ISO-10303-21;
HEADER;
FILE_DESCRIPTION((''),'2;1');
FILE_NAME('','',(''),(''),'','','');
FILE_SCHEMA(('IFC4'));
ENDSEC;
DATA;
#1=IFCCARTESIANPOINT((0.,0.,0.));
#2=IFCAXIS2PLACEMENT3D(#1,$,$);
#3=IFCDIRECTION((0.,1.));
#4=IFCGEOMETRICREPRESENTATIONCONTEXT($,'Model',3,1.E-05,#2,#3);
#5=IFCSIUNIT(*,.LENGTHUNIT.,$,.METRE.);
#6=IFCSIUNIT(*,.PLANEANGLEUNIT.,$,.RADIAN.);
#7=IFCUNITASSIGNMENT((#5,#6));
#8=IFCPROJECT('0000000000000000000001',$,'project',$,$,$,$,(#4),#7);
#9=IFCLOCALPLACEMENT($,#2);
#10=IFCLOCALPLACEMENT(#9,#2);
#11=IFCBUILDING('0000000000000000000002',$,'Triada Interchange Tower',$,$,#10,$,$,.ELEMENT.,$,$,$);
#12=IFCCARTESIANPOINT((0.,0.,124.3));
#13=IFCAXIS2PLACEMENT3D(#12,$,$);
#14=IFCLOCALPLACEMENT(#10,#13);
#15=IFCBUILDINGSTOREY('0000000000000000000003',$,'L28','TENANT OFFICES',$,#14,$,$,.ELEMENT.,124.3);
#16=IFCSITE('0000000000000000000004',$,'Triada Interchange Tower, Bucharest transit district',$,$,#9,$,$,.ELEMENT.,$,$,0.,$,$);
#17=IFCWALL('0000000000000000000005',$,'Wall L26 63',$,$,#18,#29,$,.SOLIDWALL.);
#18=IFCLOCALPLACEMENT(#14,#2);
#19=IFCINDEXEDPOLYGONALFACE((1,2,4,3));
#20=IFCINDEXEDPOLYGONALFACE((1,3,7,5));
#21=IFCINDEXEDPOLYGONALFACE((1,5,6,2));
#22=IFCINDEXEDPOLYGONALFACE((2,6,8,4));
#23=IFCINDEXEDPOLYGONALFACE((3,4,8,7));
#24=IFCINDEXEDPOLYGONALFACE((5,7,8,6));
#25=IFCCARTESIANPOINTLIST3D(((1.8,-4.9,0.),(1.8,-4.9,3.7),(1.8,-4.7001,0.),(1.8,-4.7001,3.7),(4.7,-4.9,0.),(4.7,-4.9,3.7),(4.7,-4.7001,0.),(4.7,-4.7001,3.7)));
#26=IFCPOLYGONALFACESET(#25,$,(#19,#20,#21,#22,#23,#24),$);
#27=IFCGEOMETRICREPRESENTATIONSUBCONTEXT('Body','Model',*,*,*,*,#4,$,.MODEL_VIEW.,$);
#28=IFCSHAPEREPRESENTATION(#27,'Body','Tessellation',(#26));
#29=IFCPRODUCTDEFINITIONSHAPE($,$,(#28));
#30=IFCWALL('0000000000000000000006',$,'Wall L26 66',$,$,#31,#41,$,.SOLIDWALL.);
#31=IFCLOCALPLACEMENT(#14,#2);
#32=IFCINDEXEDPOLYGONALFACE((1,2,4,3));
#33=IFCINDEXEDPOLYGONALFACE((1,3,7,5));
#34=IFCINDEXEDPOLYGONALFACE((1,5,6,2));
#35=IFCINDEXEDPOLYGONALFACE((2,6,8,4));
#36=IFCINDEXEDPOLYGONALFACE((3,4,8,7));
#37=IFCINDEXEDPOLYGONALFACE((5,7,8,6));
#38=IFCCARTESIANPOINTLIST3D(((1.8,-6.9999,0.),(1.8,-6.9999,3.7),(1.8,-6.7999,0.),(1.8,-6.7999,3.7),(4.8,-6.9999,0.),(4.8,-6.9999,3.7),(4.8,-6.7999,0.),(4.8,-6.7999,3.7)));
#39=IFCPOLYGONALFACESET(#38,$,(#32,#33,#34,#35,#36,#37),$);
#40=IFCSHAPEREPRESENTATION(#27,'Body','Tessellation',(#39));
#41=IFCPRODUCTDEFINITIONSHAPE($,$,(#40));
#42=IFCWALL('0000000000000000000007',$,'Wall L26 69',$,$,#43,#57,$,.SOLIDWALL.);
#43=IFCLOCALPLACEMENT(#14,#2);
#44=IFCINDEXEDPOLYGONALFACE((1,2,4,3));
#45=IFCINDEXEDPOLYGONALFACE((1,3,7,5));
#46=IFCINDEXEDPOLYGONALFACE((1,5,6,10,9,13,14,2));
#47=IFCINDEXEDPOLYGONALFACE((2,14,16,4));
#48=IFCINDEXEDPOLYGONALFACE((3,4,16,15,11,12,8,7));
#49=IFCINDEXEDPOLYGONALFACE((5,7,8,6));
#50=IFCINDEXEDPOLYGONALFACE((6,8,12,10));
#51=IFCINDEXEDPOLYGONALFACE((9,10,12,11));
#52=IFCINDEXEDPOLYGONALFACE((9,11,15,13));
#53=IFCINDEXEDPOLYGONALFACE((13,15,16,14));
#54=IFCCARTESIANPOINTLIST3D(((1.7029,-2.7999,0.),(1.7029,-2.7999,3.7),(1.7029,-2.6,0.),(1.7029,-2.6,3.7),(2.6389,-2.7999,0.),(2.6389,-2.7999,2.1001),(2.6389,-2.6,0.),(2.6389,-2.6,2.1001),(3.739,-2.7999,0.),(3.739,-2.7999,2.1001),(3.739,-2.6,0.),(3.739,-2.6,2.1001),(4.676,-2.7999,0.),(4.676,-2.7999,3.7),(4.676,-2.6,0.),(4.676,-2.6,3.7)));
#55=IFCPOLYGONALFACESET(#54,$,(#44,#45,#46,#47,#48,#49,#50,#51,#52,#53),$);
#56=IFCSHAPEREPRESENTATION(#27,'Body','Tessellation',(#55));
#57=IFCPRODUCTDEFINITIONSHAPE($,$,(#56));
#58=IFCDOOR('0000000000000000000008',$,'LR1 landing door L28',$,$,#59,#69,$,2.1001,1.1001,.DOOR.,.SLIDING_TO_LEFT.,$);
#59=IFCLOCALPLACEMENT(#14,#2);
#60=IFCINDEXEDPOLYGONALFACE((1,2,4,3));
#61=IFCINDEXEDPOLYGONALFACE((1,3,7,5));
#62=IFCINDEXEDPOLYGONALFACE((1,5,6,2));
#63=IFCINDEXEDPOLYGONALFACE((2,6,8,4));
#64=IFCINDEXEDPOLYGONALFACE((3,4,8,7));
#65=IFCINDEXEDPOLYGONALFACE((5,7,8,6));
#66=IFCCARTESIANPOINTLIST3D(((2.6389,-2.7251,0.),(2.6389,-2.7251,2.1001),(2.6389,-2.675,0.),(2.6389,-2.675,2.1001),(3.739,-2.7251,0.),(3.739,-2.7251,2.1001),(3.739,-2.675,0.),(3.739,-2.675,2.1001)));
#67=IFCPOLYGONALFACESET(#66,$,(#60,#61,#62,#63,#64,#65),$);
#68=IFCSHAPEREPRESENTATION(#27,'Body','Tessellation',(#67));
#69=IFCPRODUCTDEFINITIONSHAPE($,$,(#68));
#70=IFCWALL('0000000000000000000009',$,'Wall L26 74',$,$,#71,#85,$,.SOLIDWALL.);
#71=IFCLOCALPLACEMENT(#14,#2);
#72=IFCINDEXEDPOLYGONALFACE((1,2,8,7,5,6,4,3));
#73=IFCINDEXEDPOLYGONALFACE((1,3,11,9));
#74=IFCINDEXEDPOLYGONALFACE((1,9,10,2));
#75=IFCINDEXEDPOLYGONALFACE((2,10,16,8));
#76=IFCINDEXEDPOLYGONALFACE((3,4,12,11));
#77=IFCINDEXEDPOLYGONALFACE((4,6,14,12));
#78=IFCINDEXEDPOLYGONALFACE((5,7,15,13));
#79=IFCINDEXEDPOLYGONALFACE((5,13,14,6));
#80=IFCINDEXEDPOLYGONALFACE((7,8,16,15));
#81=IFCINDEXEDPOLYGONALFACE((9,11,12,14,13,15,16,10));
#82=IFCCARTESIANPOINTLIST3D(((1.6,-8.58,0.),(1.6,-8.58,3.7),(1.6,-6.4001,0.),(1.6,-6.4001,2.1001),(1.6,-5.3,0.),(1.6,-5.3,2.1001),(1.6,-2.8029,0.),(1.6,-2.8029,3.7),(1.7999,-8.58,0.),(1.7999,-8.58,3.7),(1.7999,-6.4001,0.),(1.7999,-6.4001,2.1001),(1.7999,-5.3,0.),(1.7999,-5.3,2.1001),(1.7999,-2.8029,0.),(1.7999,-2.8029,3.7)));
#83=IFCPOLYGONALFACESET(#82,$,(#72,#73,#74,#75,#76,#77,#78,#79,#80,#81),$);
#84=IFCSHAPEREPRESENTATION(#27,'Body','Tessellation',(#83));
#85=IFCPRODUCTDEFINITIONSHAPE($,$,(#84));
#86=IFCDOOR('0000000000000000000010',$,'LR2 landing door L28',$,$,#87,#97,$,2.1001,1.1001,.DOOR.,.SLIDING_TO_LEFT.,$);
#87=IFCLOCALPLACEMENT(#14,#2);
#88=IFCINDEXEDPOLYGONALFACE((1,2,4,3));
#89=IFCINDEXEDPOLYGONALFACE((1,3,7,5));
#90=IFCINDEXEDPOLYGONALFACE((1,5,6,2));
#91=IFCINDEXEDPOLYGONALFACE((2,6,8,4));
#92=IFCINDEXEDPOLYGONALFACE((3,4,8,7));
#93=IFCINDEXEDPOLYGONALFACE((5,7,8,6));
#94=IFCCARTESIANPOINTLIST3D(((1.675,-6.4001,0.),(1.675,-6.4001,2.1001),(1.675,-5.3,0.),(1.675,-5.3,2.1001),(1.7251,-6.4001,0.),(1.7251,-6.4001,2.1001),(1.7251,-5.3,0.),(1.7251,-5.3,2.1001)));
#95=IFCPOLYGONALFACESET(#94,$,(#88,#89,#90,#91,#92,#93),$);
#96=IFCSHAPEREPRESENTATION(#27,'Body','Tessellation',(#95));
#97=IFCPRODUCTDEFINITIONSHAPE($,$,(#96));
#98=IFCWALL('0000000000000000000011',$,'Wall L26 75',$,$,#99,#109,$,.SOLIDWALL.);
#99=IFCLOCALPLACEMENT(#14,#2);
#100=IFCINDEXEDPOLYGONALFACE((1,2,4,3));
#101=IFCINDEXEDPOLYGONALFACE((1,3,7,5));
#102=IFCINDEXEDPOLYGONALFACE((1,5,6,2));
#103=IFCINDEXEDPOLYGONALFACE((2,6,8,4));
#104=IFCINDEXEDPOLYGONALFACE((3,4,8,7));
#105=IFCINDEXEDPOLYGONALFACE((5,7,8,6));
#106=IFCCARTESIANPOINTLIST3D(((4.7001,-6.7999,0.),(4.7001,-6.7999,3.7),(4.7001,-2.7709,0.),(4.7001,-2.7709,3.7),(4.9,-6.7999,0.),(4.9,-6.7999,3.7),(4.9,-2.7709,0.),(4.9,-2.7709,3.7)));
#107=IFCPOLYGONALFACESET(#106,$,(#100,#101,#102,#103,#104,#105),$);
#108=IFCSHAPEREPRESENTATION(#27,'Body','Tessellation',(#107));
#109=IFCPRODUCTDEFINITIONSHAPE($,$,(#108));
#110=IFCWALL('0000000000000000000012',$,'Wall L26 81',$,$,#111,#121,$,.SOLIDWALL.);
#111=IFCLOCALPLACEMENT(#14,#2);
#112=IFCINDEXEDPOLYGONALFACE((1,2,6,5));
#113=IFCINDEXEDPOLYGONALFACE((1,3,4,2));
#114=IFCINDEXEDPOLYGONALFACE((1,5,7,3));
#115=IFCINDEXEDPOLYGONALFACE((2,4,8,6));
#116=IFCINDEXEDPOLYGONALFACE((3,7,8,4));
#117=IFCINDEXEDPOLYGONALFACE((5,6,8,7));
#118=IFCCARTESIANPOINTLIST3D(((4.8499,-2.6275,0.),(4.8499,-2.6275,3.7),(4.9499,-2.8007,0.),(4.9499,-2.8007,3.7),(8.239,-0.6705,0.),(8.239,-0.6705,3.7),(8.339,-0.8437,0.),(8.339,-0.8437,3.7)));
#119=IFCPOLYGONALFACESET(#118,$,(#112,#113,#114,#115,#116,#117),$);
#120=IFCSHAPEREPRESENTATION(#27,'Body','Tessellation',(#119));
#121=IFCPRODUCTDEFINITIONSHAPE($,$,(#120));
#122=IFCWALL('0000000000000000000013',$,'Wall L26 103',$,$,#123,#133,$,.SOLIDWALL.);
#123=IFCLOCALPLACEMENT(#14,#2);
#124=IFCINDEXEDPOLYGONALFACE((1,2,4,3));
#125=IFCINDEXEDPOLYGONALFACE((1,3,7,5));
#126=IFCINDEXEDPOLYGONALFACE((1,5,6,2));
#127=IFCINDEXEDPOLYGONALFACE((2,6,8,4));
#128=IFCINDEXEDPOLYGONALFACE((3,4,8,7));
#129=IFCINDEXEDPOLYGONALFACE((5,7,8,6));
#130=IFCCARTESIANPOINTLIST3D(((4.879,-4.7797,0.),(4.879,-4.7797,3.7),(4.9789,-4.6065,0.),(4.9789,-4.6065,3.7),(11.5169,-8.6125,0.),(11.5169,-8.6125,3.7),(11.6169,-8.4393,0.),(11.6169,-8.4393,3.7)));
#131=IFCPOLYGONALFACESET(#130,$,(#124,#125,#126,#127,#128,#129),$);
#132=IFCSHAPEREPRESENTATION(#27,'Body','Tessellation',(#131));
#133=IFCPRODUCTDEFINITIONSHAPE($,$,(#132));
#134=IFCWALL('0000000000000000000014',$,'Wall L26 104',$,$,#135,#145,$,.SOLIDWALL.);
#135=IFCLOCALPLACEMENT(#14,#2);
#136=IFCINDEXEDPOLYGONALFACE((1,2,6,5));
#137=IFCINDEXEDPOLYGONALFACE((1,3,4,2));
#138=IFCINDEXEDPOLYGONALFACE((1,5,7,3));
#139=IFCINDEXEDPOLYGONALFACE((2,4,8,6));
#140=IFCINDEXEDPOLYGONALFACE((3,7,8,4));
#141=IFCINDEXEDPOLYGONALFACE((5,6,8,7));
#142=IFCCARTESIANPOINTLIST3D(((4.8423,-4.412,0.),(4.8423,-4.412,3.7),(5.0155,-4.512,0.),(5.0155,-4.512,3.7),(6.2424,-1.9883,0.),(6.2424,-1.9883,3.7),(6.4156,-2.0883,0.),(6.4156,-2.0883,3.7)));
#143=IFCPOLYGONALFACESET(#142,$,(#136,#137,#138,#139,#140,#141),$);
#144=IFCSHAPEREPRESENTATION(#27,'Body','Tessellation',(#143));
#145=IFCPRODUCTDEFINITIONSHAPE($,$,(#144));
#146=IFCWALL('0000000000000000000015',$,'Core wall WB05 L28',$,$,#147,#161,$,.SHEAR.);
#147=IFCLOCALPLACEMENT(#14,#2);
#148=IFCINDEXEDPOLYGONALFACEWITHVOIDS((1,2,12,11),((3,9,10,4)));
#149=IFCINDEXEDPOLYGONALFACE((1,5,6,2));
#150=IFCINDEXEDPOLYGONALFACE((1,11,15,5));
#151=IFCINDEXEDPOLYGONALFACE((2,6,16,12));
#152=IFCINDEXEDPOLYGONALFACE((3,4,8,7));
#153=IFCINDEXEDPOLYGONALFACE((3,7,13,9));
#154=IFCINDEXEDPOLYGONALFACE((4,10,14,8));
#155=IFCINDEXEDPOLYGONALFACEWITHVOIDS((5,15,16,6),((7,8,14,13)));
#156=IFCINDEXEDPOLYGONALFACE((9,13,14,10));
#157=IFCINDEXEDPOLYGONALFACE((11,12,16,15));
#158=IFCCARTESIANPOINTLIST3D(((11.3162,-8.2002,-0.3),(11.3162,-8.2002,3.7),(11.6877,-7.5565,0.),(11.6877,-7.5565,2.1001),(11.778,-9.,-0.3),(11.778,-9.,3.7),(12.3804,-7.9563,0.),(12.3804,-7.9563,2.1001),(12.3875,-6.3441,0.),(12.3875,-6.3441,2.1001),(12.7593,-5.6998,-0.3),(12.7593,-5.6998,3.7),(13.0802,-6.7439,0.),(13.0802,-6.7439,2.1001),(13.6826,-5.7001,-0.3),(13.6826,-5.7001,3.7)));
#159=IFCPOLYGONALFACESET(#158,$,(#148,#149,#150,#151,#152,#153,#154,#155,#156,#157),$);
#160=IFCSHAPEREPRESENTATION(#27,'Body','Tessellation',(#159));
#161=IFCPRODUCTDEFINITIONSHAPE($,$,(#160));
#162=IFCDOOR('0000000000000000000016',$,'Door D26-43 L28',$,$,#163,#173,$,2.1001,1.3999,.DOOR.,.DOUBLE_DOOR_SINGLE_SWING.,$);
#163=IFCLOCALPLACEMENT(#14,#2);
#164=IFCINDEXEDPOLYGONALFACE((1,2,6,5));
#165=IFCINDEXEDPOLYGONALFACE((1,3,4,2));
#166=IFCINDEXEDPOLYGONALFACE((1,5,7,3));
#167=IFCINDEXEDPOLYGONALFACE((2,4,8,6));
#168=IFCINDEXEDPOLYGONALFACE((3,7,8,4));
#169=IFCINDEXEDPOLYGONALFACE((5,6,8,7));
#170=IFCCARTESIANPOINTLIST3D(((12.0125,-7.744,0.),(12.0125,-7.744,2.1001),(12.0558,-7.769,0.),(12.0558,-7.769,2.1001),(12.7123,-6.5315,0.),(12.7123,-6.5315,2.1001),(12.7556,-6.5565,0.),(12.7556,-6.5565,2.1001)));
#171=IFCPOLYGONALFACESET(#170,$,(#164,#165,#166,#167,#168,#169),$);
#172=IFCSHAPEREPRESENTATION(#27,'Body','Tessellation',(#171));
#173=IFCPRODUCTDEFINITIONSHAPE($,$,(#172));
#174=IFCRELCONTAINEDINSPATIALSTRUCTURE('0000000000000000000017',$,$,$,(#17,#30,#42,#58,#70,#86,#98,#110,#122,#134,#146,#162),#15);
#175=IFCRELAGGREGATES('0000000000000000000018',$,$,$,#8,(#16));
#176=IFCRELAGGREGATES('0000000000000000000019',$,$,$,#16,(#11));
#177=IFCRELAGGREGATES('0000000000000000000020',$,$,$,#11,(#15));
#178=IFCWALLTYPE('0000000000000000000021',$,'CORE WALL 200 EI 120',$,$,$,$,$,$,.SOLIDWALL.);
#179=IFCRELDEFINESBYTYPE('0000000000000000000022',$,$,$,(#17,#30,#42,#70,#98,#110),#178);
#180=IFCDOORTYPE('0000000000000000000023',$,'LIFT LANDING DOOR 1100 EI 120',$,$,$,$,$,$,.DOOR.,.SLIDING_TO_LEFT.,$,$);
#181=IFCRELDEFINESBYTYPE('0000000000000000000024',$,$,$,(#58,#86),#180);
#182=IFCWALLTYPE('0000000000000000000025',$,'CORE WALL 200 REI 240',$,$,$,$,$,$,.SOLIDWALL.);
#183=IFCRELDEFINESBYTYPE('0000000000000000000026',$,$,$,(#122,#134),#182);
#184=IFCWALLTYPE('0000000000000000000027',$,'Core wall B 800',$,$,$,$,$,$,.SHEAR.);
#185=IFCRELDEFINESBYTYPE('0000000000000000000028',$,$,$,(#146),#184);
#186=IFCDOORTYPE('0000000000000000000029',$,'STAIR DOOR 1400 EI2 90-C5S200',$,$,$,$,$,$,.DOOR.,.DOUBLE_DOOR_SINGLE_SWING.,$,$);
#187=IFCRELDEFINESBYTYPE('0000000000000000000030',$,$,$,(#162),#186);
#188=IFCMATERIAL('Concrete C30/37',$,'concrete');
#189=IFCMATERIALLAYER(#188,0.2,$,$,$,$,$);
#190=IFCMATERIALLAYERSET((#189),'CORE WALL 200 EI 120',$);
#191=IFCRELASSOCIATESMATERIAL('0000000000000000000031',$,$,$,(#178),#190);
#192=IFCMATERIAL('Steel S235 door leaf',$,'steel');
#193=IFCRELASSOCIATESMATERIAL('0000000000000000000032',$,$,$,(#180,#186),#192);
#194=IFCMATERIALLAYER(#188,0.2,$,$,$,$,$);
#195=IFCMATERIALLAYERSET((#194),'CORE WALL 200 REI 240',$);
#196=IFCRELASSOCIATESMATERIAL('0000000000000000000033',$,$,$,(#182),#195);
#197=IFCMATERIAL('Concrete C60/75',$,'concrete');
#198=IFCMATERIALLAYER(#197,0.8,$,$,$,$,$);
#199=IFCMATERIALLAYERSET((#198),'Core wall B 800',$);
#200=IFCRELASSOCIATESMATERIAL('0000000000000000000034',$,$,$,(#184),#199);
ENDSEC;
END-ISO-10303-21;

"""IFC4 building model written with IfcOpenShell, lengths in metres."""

from ifc_helpers import new_model, si_unit, direction, frame, frame_2d, origin, place, context, subcontext, project, spatial, polyline, rectangle, outline, extrude, material, layer, layer_set, type_object, element, fill, save


model = new_model("IFC4")

# Units and contexts
model_context = context("Model", 3, precision=1e-05, world=origin(), true_north=direction((0.0, 1.0)))
body_context = subcontext(model_context, "Body", "Model", "MODEL_VIEW")
ifc_project = project(units=[si_unit("LENGTHUNIT", "METRE"), si_unit("PLANEANGLEUNIT", "RADIAN")], contexts=[model_context])

# Site, building, storey
site_placement = place(None, origin())
site = spatial("IfcSite", under=ifc_project, at=site_placement, Name="Triada Interchange Tower, Bucharest transit district", CompositionType="ELEMENT", RefElevation=0.0)
building_placement = place(site_placement, origin())
building = spatial("IfcBuilding", under=site, at=building_placement, Name="Triada Interchange Tower", CompositionType="ELEMENT")
storey_placement = place(building_placement, frame((0.0, 0.0, 124.3)))
storey = spatial("IfcBuildingStorey", under=building, at=storey_placement, Name="L28", Description="TENANT OFFICES", CompositionType="ELEMENT", Elevation=124.3)

# Walls
ifc_material_1 = material(Name="Concrete C30/37", Category="concrete")
ifc_layer_1 = layer(ifc_material_1, 0.2)
ifc_layer_set_1 = layer_set([ifc_layer_1], Name="CORE WALL 200 EI 120")
wall_type_1 = type_object("IfcWallType", Name="CORE WALL 200 EI 120", PredefinedType="SOLIDWALL", material=ifc_layer_set_1)
wall_1_placement = place(storey_placement, frame((1.8, -4.8, 0.0), z_axis=(0.0, 0.0, 1.0), x_axis=(1.0, 0.0, 0.0)))
element("IfcWall", 1, at=wall_1_placement, inside=storey, type_object=wall_type_1, Name="Wall L26 63", PredefinedType="SOLIDWALL", context=body_context, shape_type="SweptSolid", body=[
    extrude(rectangle(XDim=2.8999, YDim=0.2, at=frame_2d((1.45, 0.0))), origin(), (0.0, 0.0, 1.0), 3.7),
])
wall_2_placement = place(storey_placement, frame((1.8, -6.8999, 0.0), z_axis=(0.0, 0.0, 1.0), x_axis=(1.0, 0.0, 0.0)))
element("IfcWall", 2, at=wall_2_placement, inside=storey, type_object=wall_type_1, Name="Wall L26 66", PredefinedType="SOLIDWALL", context=body_context, shape_type="SweptSolid", body=[
    extrude(rectangle(XDim=3.0, YDim=0.2, at=frame_2d((1.5, 0.0))), origin(), (0.0, 0.0, 1.0), 3.7),
])

# Walls, openings, doors
wall_3_placement = place(storey_placement, frame((1.7029, -2.7, 0.0), z_axis=(0.0, 0.0, 1.0), x_axis=(1.0, 0.0, 0.0)))
wall_3 = element("IfcWall", 3, at=wall_3_placement, inside=storey, type_object=wall_type_1, Name="Wall L26 69", PredefinedType="SOLIDWALL", context=body_context, shape_type="SweptSolid", body=[
    extrude(rectangle(XDim=2.9731, YDim=0.2, at=frame_2d((1.4866, 0.0))), origin(), (0.0, 0.0, 1.0), 3.7),
])
opening_1_placement = place(wall_3_placement, frame((0.936, 0.0, 0.0)))
opening_1 = element("IfcOpeningElement", 4, at=opening_1_placement, cuts=wall_3, PredefinedType="OPENING", context=body_context, shape_type="SweptSolid", body=[
    extrude(rectangle(XDim=1.1001, YDim=2.1001, at=frame_2d((0.55, 1.05))), frame((0.0, 0.1099, 0.0), z_axis=(0.0, -1.0, 0.0), x_axis=(1.0, 0.0, 0.0)), (0.0, 0.0, 1.0), 0.22),
])
ifc_material_2 = material(Name="Steel S235 door leaf", Category="steel")
door_type_1 = type_object("IfcDoorType", Name="LIFT LANDING DOOR 1100 EI 120", OperationType="SLIDING_TO_LEFT", PredefinedType="DOOR", material=ifc_material_2)
door_1_placement = place(opening_1_placement, origin())
door_1 = element("IfcDoor", 5, at=door_1_placement, inside=storey, type_object=door_type_1, Name="LR1 landing door L28", OperationType="SLIDING_TO_LEFT", OverallHeight=2.1001, OverallWidth=1.1001, PredefinedType="DOOR", context=body_context, shape_type="SweptSolid", body=[
    extrude(rectangle(XDim=1.1001, YDim=2.1001, at=frame_2d((0.55, 1.05))), frame((0.0, 0.0249, 0.0), z_axis=(0.0, -1.0, 0.0), x_axis=(1.0, 0.0, 0.0)), (0.0, 0.0, 1.0), 0.05),
])
fill(opening_1, door_1)
wall_4_placement = place(storey_placement, frame((1.7, -8.5801, 0.0), z_axis=(0.0, 0.0, 1.0), x_axis=(0.0, 1.0, 0.0)))
wall_4 = element("IfcWall", 6, at=wall_4_placement, inside=storey, type_object=wall_type_1, Name="Wall L26 74", PredefinedType="SOLIDWALL", context=body_context, shape_type="SweptSolid", body=[
    extrude(rectangle(XDim=5.7771, YDim=0.2, at=frame_2d((2.8887, 0.0))), origin(), (0.0, 0.0, 1.0), 3.7),
])
opening_2_placement = place(wall_4_placement, frame((2.1799, 0.0, 0.0)))
opening_2 = element("IfcOpeningElement", 7, at=opening_2_placement, cuts=wall_4, PredefinedType="OPENING", context=body_context, shape_type="SweptSolid", body=[
    extrude(rectangle(XDim=1.1001, YDim=2.1001, at=frame_2d((0.55, 1.05))), frame((0.0, 0.1099, 0.0), z_axis=(0.0, -1.0, 0.0), x_axis=(1.0, 0.0, 0.0)), (0.0, 0.0, 1.0), 0.22),
])
door_2_placement = place(opening_2_placement, origin())
door_2 = element("IfcDoor", 8, at=door_2_placement, inside=storey, type_object=door_type_1, Name="LR2 landing door L28", OperationType="SLIDING_TO_LEFT", OverallHeight=2.1001, OverallWidth=1.1001, PredefinedType="DOOR", context=body_context, shape_type="SweptSolid", body=[
    extrude(rectangle(XDim=1.1001, YDim=2.1001, at=frame_2d((0.55, 1.05))), frame((0.0, 0.0249, 0.0), z_axis=(0.0, -1.0, 0.0), x_axis=(1.0, 0.0, 0.0)), (0.0, 0.0, 1.0), 0.05),
])
fill(opening_2, door_2)

# Walls
wall_5_placement = place(storey_placement, frame((4.8, -6.8, 0.0), z_axis=(0.0, 0.0, 1.0), x_axis=(0.0, 1.0, 0.0)))
element("IfcWall", 9, at=wall_5_placement, inside=storey, type_object=wall_type_1, Name="Wall L26 75", PredefinedType="SOLIDWALL", context=body_context, shape_type="SweptSolid", body=[
    extrude(rectangle(XDim=4.0291, YDim=0.2, at=frame_2d((2.0146, 0.0))), origin(), (0.0, 0.0, 1.0), 3.7),
])
wall_6_placement = place(storey_placement, frame((4.8999, -2.7141, 0.0), z_axis=(0.0, 0.0, 1.0), x_axis=(0.865992, 0.500057, 0.0)))
element("IfcWall", 10, at=wall_6_placement, inside=storey, type_object=wall_type_1, Name="Wall L26 81", PredefinedType="SOLIDWALL", context=body_context, shape_type="SweptSolid", body=[
    extrude(rectangle(XDim=3.9136, YDim=0.2, at=frame_2d((1.9568, 0.0))), origin(), (0.0, 0.0, 1.0), 3.7),
])
ifc_layer_2 = layer(ifc_material_1, 0.2)
ifc_layer_set_2 = layer_set([ifc_layer_2], Name="CORE WALL 200 REI 240")
wall_type_2 = type_object("IfcWallType", Name="CORE WALL 200 REI 240", PredefinedType="SOLIDWALL", material=ifc_layer_set_2)
wall_7_placement = place(storey_placement, frame((4.929, -4.6931, 0.0), z_axis=(0.0, 0.0, 1.0), x_axis=(0.866006, -0.500034, 0.0)))
element("IfcWall", 11, at=wall_7_placement, inside=storey, type_object=wall_type_2, Name="Wall L26 103", PredefinedType="SOLIDWALL", context=body_context, shape_type="SweptSolid", body=[
    extrude(rectangle(XDim=7.665, YDim=0.2, at=frame_2d((3.8325, 0.0))), origin(), (0.0, 0.0, 1.0), 3.7),
])
wall_8_placement = place(storey_placement, frame((4.929, -4.4619, 0.0), z_axis=(0.0, 0.0, 1.0), x_axis=(0.500201, 0.86591, 0.0)))
element("IfcWall", 12, at=wall_8_placement, inside=storey, type_object=wall_type_2, Name="Wall L26 104", PredefinedType="SOLIDWALL", context=body_context, shape_type="SweptSolid", body=[
    extrude(rectangle(XDim=2.7991, YDim=0.2, at=frame_2d((1.3994, 0.0))), origin(), (0.0, 0.0, 1.0), 3.7),
])

# Wall, opening, door
ifc_material_3 = material(Name="Concrete C60/75", Category="concrete")
ifc_layer_3 = layer(ifc_material_3, 0.8)
ifc_layer_set_3 = layer_set([ifc_layer_3], Name="Core wall B 800")
wall_type_3 = type_object("IfcWallType", Name="Core wall B 800", PredefinedType="SHEAR", material=ifc_layer_set_3)
wall_9_placement = place(storey_placement, frame((11.5471, -8.6001, -0.3), z_axis=(0.0, 0.0, 1.0), x_axis=(0.499872, 0.866099, 0.0)))
wall_9 = element("IfcWall", 13, at=wall_9_placement, inside=storey, type_object=wall_type_3, Name="Core wall WB05 L28", PredefinedType="SHEAR", context=body_context, shape_type="SweptSolid", body=[
    extrude(outline(polyline([(-0.231, -0.3999), (1.6741, -0.3999), (3.5791, -0.3999), (3.1179, 0.3999), (1.6743, 0.3999), (0.231, 0.3999), (-0.231, -0.3999)])), origin(), (0.0, 0.0, 1.0), 4.0),
])
opening_3_placement = place(wall_9_placement, frame((0.9741, 0.0, 0.3)))
opening_3 = element("IfcOpeningElement", 14, at=opening_3_placement, cuts=wall_9, PredefinedType="OPENING", context=body_context, shape_type="SweptSolid", body=[
    extrude(rectangle(XDim=1.3999, YDim=2.1001, at=frame_2d((0.7, 1.05))), frame((0.0, 0.4099, 0.0), z_axis=(0.0, -1.0, 0.0), x_axis=(1.0, 0.0, 0.0)), (0.0, 0.0, 1.0), 0.8201),
])
door_type_2 = type_object("IfcDoorType", Name="STAIR DOOR 1400 EI2 90-C5S200", OperationType="DOUBLE_DOOR_SINGLE_SWING", PredefinedType="DOOR", material=ifc_material_2)
door_3_placement = place(opening_3_placement, origin())
door_3 = element("IfcDoor", 15, at=door_3_placement, inside=storey, type_object=door_type_2, Name="Door D26-43 L28", OperationType="DOUBLE_DOOR_SINGLE_SWING", OverallHeight=2.1001, OverallWidth=1.3999, PredefinedType="DOOR", context=body_context, shape_type="SweptSolid", body=[
    extrude(rectangle(XDim=1.3999, YDim=2.1001, at=frame_2d((0.7, 1.05))), frame((0.0, 0.0249, 0.0), z_axis=(0.0, -1.0, 0.0), x_axis=(1.0, 0.0, 0.0)), (0.0, 0.0, 1.0), 0.05),
])
fill(opening_3, door_3)

save(model, "model.ifc")
